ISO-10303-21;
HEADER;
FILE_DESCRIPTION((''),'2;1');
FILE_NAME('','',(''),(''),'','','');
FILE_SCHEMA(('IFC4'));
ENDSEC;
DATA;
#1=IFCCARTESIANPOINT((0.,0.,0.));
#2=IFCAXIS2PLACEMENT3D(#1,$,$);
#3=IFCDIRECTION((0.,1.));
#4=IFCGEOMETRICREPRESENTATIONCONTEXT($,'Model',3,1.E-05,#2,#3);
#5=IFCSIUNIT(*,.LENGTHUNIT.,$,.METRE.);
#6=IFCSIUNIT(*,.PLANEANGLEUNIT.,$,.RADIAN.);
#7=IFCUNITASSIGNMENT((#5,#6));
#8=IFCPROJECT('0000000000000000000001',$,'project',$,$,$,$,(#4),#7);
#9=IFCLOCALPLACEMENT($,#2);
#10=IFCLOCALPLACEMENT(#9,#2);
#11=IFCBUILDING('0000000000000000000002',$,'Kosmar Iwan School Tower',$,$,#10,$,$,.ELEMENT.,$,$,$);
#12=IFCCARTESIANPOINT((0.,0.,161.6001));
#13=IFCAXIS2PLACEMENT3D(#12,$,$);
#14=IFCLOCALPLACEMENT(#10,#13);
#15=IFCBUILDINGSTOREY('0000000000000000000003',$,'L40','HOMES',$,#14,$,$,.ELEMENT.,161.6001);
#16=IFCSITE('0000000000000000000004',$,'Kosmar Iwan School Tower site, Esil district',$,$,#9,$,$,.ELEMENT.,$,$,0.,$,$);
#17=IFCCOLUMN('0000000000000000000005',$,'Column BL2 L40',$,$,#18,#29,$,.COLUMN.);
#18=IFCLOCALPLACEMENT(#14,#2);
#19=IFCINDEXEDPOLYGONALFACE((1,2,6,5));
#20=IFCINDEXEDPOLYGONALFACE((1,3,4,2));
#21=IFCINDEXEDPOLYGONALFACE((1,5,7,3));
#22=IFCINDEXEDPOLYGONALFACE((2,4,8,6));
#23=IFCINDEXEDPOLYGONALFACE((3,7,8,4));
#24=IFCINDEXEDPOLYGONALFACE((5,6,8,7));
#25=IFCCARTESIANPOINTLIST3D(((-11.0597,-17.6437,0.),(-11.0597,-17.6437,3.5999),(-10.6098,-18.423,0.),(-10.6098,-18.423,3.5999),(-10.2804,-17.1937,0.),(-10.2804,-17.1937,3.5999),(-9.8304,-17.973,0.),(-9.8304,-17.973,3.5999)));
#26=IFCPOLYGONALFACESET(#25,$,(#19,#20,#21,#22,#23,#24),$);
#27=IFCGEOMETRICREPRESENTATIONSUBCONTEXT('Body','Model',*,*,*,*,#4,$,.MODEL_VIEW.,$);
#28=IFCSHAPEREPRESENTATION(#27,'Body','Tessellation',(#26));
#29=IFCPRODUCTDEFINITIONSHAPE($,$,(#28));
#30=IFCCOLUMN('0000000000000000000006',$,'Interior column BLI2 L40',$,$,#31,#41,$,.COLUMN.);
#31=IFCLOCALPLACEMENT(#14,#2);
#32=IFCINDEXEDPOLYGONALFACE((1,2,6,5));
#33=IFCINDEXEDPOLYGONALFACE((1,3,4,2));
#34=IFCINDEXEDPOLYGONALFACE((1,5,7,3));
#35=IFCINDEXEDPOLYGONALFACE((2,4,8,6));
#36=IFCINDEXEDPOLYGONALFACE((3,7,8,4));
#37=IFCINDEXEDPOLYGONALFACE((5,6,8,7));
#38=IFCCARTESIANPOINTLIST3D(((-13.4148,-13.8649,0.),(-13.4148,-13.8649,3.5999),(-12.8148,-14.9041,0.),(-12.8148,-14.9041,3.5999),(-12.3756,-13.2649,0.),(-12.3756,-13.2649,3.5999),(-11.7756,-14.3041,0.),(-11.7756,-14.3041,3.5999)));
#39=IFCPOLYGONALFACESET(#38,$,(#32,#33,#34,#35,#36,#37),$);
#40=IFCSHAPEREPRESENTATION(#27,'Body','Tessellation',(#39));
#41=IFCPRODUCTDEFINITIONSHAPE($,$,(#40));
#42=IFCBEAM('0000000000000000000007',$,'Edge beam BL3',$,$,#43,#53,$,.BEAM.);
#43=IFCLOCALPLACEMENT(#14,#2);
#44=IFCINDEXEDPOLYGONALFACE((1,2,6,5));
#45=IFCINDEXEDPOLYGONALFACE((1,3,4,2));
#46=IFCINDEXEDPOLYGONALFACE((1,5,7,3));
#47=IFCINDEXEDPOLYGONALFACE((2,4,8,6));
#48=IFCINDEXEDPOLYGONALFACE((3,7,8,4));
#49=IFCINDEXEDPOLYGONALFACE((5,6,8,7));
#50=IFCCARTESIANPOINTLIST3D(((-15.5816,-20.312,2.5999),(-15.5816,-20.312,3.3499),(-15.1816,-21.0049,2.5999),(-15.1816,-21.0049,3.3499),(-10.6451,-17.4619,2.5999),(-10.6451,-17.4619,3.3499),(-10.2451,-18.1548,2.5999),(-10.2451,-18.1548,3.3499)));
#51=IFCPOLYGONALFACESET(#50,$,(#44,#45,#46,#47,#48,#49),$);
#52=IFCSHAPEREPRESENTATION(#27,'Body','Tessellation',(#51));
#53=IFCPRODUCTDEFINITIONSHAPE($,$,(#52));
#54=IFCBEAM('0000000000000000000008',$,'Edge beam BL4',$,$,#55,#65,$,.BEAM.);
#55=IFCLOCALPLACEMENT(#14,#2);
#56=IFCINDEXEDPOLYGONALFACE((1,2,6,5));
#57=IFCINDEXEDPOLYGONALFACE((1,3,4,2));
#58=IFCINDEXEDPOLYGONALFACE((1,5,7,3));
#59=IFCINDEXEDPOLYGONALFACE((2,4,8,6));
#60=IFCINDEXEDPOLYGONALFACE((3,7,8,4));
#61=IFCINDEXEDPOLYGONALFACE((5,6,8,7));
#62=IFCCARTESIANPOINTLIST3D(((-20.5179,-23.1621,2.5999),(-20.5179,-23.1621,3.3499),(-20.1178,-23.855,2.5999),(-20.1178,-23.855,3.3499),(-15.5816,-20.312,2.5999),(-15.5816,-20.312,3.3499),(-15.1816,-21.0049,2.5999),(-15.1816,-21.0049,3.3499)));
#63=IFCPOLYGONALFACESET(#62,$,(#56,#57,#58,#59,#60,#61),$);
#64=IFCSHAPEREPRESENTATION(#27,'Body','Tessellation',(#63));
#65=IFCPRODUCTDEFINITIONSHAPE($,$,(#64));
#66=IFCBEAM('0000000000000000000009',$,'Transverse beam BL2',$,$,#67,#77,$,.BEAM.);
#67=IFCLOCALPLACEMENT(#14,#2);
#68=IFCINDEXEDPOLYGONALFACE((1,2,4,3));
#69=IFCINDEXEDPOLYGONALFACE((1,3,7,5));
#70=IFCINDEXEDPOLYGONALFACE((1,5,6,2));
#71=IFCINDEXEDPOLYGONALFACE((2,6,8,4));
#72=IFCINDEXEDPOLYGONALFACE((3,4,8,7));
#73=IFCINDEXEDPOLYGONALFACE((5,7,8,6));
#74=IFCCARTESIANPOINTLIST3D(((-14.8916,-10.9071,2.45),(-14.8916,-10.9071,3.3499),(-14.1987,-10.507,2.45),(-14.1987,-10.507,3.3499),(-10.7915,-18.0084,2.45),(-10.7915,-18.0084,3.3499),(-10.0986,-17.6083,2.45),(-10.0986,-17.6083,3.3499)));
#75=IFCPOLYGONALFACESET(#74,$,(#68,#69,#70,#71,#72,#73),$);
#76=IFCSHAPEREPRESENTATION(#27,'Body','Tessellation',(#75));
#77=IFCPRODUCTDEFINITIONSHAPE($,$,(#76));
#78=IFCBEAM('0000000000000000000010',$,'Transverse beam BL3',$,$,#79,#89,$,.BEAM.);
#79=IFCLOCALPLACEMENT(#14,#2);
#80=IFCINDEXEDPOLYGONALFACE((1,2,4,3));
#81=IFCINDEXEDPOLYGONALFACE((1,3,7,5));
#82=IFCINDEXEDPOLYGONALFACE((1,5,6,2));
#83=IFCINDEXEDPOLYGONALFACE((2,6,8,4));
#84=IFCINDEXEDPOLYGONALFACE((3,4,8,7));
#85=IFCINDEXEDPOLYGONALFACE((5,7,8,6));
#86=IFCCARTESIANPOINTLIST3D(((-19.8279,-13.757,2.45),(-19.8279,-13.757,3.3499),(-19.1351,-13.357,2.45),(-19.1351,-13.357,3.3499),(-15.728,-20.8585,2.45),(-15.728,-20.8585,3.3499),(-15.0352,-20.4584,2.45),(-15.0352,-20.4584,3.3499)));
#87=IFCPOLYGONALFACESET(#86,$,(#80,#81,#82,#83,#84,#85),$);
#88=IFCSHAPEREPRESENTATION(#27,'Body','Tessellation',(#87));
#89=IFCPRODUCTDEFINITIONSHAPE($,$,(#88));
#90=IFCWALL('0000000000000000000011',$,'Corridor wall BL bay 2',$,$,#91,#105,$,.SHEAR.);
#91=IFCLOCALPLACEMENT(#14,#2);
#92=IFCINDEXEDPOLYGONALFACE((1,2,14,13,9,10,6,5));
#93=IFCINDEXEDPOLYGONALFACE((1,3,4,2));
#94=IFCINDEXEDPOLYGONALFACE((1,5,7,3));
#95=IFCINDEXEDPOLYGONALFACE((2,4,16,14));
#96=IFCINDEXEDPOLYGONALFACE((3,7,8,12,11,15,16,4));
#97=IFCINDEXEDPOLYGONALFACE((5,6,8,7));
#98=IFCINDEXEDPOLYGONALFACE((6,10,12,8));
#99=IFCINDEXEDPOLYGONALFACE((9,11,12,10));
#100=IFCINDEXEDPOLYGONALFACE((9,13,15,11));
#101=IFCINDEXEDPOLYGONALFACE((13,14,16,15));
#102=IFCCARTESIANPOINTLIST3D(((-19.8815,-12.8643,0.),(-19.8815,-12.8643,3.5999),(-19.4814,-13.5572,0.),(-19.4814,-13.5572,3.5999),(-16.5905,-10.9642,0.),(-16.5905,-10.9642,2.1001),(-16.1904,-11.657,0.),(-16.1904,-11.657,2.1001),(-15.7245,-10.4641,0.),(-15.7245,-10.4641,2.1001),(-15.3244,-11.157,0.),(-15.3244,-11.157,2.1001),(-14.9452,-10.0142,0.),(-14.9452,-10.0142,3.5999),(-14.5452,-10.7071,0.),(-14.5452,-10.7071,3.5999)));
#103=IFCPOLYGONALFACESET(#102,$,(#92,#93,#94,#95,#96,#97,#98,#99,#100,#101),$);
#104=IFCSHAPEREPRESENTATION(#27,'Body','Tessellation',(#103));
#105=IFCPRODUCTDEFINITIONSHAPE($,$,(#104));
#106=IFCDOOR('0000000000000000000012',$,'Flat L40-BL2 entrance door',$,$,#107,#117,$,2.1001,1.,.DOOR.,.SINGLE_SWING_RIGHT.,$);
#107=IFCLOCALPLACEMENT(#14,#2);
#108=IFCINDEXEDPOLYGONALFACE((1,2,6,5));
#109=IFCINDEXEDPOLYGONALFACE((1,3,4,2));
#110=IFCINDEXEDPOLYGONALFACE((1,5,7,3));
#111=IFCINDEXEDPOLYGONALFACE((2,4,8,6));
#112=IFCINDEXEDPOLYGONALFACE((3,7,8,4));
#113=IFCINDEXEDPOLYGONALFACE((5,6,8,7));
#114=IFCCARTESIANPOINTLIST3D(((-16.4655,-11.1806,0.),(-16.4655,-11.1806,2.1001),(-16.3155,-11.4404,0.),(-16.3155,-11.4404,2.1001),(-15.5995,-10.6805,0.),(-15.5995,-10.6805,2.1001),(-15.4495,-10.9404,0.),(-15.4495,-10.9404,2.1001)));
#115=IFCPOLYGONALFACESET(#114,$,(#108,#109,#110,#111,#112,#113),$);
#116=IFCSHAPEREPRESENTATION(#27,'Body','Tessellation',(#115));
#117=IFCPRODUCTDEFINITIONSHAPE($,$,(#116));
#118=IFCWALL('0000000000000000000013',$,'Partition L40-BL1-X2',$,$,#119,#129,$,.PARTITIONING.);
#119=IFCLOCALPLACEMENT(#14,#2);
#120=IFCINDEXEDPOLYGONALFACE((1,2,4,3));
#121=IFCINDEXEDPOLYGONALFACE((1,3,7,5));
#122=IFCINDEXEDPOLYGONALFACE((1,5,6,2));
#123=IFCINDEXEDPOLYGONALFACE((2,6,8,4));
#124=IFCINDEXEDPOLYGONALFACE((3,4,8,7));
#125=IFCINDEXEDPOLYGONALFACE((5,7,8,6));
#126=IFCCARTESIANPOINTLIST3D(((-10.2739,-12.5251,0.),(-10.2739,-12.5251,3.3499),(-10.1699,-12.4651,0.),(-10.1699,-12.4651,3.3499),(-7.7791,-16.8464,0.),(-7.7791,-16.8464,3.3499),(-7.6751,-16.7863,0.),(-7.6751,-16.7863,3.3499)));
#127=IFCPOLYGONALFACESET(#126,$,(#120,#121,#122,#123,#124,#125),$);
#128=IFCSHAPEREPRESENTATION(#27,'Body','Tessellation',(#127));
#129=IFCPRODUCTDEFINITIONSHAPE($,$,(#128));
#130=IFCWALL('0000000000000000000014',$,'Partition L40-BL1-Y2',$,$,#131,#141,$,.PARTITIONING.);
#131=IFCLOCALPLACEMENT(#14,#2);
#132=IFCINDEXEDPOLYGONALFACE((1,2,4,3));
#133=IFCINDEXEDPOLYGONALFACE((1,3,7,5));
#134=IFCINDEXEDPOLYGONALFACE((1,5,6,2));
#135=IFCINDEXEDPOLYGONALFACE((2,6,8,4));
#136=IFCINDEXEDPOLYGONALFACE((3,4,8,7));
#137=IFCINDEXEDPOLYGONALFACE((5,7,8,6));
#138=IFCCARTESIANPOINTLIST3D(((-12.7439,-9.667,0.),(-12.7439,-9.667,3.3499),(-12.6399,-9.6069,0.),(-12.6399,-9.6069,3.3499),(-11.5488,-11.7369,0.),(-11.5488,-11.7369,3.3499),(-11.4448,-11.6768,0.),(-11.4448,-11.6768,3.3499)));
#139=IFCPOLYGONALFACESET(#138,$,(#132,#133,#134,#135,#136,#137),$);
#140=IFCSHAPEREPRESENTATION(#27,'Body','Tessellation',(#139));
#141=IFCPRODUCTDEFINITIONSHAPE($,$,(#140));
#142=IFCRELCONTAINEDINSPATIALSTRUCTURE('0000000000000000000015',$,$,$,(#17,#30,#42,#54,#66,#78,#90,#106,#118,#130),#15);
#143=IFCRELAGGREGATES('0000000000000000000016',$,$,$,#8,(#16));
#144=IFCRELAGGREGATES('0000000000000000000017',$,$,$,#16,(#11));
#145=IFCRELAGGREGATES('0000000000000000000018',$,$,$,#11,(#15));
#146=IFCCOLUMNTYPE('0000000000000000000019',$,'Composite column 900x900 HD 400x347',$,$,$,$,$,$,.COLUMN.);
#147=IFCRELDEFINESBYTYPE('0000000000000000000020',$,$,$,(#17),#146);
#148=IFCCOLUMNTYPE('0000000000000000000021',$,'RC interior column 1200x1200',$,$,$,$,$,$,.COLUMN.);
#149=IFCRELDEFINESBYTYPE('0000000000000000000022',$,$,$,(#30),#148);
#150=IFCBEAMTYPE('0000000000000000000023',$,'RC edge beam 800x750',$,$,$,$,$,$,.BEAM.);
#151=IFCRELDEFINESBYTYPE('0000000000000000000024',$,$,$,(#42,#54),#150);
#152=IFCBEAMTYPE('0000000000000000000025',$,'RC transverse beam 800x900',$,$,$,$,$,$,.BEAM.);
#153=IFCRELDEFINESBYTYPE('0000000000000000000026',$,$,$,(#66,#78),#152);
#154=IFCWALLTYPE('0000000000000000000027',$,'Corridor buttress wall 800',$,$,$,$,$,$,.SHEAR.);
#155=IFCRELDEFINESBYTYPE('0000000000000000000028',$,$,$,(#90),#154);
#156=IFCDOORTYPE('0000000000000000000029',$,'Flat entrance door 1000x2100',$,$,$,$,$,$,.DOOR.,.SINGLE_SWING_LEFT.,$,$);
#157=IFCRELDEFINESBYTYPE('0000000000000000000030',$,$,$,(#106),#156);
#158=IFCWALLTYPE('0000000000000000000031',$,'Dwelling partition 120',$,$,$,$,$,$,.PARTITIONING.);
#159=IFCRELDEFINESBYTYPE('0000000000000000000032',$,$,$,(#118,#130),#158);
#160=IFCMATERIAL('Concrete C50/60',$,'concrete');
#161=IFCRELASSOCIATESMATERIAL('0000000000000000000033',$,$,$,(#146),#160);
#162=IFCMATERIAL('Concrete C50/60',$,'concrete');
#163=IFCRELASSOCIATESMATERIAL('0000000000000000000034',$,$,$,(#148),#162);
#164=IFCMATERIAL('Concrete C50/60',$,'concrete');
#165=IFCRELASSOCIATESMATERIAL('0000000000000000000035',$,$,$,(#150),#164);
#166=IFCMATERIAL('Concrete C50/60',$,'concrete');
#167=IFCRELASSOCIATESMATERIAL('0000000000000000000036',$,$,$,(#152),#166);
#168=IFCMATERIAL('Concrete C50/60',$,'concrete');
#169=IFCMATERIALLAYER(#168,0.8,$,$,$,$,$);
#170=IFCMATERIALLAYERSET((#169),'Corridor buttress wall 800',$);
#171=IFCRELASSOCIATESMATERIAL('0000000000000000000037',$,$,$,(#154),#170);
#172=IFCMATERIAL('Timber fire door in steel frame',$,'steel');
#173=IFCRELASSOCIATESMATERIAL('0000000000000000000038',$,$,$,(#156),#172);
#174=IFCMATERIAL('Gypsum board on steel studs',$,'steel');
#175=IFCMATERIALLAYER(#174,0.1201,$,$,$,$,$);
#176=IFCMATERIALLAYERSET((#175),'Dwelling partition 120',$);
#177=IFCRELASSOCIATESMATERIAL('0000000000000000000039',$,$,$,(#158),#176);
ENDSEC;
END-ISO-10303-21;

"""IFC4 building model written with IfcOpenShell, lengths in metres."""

from ifc_helpers import new_model, si_unit, direction, frame, frame_2d, origin, origin_2d, place, context, subcontext, project, spatial, rectangle, extrude, material, layer, layer_set, material_profile, profile_set, type_object, element, fill, save


model = new_model("IFC4")

# Units and contexts
model_context = context("Model", 3, precision=1e-05, world=origin(), true_north=direction((0.0, 1.0)))
body_context = subcontext(model_context, "Body", "Model", "MODEL_VIEW")
ifc_project = project(units=[si_unit("LENGTHUNIT", "METRE"), si_unit("PLANEANGLEUNIT", "RADIAN")], contexts=[model_context])

# Site, building, storey
site_placement = place(None, origin())
site = spatial("IfcSite", under=ifc_project, at=site_placement, Name="Kosmar Iwan School Tower site, Esil district", CompositionType="ELEMENT", RefElevation=0.0)
building_placement = place(site_placement, origin())
building = spatial("IfcBuilding", under=site, at=building_placement, Name="Kosmar Iwan School Tower", CompositionType="ELEMENT")
storey_placement = place(building_placement, frame((0.0, 0.0, 161.6001)))
storey = spatial("IfcBuildingStorey", under=building, at=storey_placement, Name="L40", Description="HOMES", CompositionType="ELEMENT", Elevation=161.6001)

# Columns
ifc_material_1 = material(Name="Concrete C50/60", Category="concrete")
ifc_material_profile_1 = material_profile(ifc_material_1, rectangle(XDim=0.8999, YDim=0.8999, at=origin_2d()), Name="RC 900x900 + HD 400x347")
ifc_profile_set_1 = profile_set([ifc_material_profile_1], Name="Concrete C50/60")
column_type_1 = type_object("IfcColumnType", Name="Composite column 900x900 HD 400x347", PredefinedType="COLUMN", material=ifc_profile_set_1)
column_1_placement = place(storey_placement, frame((-10.4451, -17.8083, 0.0), z_axis=(0.0, 0.0, 1.0), x_axis=(-0.866025, -0.5, 0.0)))
element("IfcColumn", 1, at=column_1_placement, inside=storey, type_object=column_type_1, Name="Column BL2 L40", PredefinedType="COLUMN", context=body_context, shape_type="SweptSolid", body=[
    extrude(rectangle(XDim=0.8999, YDim=0.8999, at=origin_2d()), origin(), (0.0, 0.0, 1.0), 3.5999),
])
ifc_material_2 = material(Name="Concrete C50/60", Category="concrete")
ifc_material_profile_2 = material_profile(ifc_material_2, rectangle(XDim=1.2, YDim=1.2, at=origin_2d()), Name="RC 1200x1200")
ifc_profile_set_2 = profile_set([ifc_material_profile_2], Name="Concrete C50/60")
column_type_2 = type_object("IfcColumnType", Name="RC interior column 1200x1200", PredefinedType="COLUMN", material=ifc_profile_set_2)
column_2_placement = place(storey_placement, frame((-12.5952, -14.0845, 0.0), z_axis=(0.0, 0.0, 1.0), x_axis=(-0.866025, -0.5, 0.0)))
element("IfcColumn", 2, at=column_2_placement, inside=storey, type_object=column_type_2, Name="Interior column BLI2 L40", PredefinedType="COLUMN", context=body_context, shape_type="SweptSolid", body=[
    extrude(rectangle(XDim=1.2, YDim=1.2, at=origin_2d()), origin(), (0.0, 0.0, 1.0), 3.5999),
])

# Beams
ifc_material_3 = material(Name="Concrete C50/60", Category="concrete")
ifc_material_profile_3 = material_profile(ifc_material_3, rectangle(XDim=0.8, YDim=0.75, at=origin_2d()), Name="RC 800x750")
ifc_profile_set_3 = profile_set([ifc_material_profile_3], Name="Concrete C50/60")
beam_type_1 = type_object("IfcBeamType", Name="RC edge beam 800x750", PredefinedType="BEAM", material=ifc_profile_set_3)
beam_1_placement = place(storey_placement, frame((-10.4451, -17.8083, 2.9749), z_axis=(-0.866026, -0.499999, 0.0), x_axis=(0.499999, -0.866026, 0.0)))
element("IfcBeam", 3, at=beam_1_placement, inside=storey, type_object=beam_type_1, Name="Edge beam BL3", PredefinedType="BEAM", context=body_context, shape_type="SweptSolid", body=[
    extrude(rectangle(XDim=0.8, YDim=0.75, at=origin_2d()), origin(), (0.0, 0.0, 1.0), 5.7002),
])
beam_2_placement = place(storey_placement, frame((-15.3816, -20.6584, 2.9749), z_axis=(-0.866015, -0.500018, 0.0), x_axis=(0.500018, -0.866015, 0.0)))
element("IfcBeam", 4, at=beam_2_placement, inside=storey, type_object=beam_type_1, Name="Edge beam BL4", PredefinedType="BEAM", context=body_context, shape_type="SweptSolid", body=[
    extrude(rectangle(XDim=0.8, YDim=0.75, at=origin_2d()), origin(), (0.0, 0.0, 1.0), 5.7),
])
ifc_material_4 = material(Name="Concrete C50/60", Category="concrete")
ifc_material_profile_4 = material_profile(ifc_material_4, rectangle(XDim=0.8, YDim=0.8999, at=origin_2d()), Name="RC 800x900")
ifc_profile_set_4 = profile_set([ifc_material_profile_4], Name="Concrete C50/60")
beam_type_2 = type_object("IfcBeamType", Name="RC transverse beam 800x900", PredefinedType="BEAM", material=ifc_profile_set_4)
for number, where, z_axis, x_axis, name in (
    (5, (-10.4451, -17.8083, 2.8999), (-0.500014, 0.866018, 0.0), (-0.866018, -0.500014, 0.0), "Transverse beam BL2"),
    (6, (-15.3816, -20.6584, 2.8999), (-0.499991, 0.86603, 0.0), (-0.86603, -0.499991, 0.0), "Transverse beam BL3"),
):
    element("IfcBeam", number, at=place(storey_placement, frame(where, z_axis=z_axis, x_axis=x_axis)), inside=storey, type_object=beam_type_2, Name=name, PredefinedType="BEAM", context=body_context, shape_type="SweptSolid", body=[
        extrude(rectangle(XDim=0.8, YDim=0.8999, at=origin_2d()), origin(), (0.0, 0.0, 1.0), 8.2),
    ])

# Wall, opening, door
ifc_material_5 = material(Name="Concrete C50/60", Category="concrete")
ifc_layer_1 = layer(ifc_material_5, 0.8)
ifc_layer_set_1 = layer_set([ifc_layer_1], Name="Corridor buttress wall 800")
wall_type_1 = type_object("IfcWallType", Name="Corridor buttress wall 800", PredefinedType="SHEAR", material=ifc_layer_set_1)
wall_1_placement = place(storey_placement, frame((-14.7451, -10.3606, 0.0), z_axis=(0.0, 0.0, 1.0), x_axis=(-0.866015, -0.500018, 0.0)))
wall_1 = element("IfcWall", 7, at=wall_1_placement, inside=storey, type_object=wall_type_1, Name="Corridor wall BL bay 2", PredefinedType="SHEAR", context=body_context, shape_type="SweptSolid", body=[
    extrude(rectangle(XDim=5.7, YDim=0.8, at=frame_2d((2.8501, 0.0))), origin(), (0.0, 0.0, 1.0), 3.5999),
])
opening_1_placement = place(wall_1_placement, frame((0.8999, 0.0, 0.0)))
opening_1 = element("IfcOpeningElement", 8, at=opening_1_placement, cuts=wall_1, PredefinedType="OPENING", context=body_context, shape_type="SweptSolid", body=[
    extrude(rectangle(XDim=1.0, YDim=2.1001, at=frame_2d((0.5, 1.05))), frame((0.0, 0.4121, 0.0), z_axis=(0.0, -1.0, 0.0), x_axis=(1.0, 0.0, 0.0)), (0.0, 0.0, 1.0), 0.824),
])
ifc_material_6 = material(Name="Timber fire door in steel frame", Category="steel")
door_type_1 = type_object("IfcDoorType", Name="Flat entrance door 1000x2100", OperationType="SINGLE_SWING_LEFT", PredefinedType="DOOR", material=ifc_material_6)
door_1_placement = place(opening_1_placement, origin())
door_1 = element("IfcDoor", 9, at=door_1_placement, inside=storey, type_object=door_type_1, Name="Flat L40-BL2 entrance door", OperationType="SINGLE_SWING_RIGHT", OverallHeight=2.1001, OverallWidth=1.0, PredefinedType="DOOR", context=body_context, shape_type="SweptSolid", body=[
    extrude(rectangle(XDim=1.0, YDim=2.1001, at=frame_2d((0.5, 1.05))), frame((0.0, 0.1499, 0.0), z_axis=(0.0, -1.0, 0.0), x_axis=(1.0, 0.0, 0.0)), (0.0, 0.0, 1.0), 0.3),
])
fill(opening_1, door_1)

# Walls
ifc_material_7 = material(Name="Gypsum board on steel studs", Category="steel")
ifc_layer_2 = layer(ifc_material_7, 0.1201)
ifc_layer_set_2 = layer_set([ifc_layer_2], Name="Dwelling partition 120")
wall_type_2 = type_object("IfcWallType", Name="Dwelling partition 120", PredefinedType="PARTITIONING", material=ifc_layer_set_2)
wall_2_placement = place(storey_placement, frame((-10.2219, -12.4951, 0.0), z_axis=(0.0, 0.0, 1.0), x_axis=(0.499996, -0.866028, 0.0)))
element("IfcWall", 10, at=wall_2_placement, inside=storey, type_object=wall_type_2, Name="Partition L40-BL1-X2", PredefinedType="PARTITIONING", context=body_context, shape_type="SweptSolid", body=[
    extrude(rectangle(XDim=4.9897, YDim=0.1201, at=frame_2d((2.4949, 0.0))), origin(), (0.0, 0.0, 1.0), 3.3499),
])
wall_3_placement = place(storey_placement, frame((-12.6919, -9.637, 0.0), z_axis=(0.0, 0.0, 1.0), x_axis=(0.500017, -0.866015, 0.0)))
element("IfcWall", 11, at=wall_3_placement, inside=storey, type_object=wall_type_2, Name="Partition L40-BL1-Y2", PredefinedType="PARTITIONING", context=body_context, shape_type="SweptSolid", body=[
    extrude(rectangle(XDim=2.3901, YDim=0.1201, at=frame_2d((1.1951, 0.0))), origin(), (0.0, 0.0, 1.0), 3.3499),
])

save(model, "model.ifc")
